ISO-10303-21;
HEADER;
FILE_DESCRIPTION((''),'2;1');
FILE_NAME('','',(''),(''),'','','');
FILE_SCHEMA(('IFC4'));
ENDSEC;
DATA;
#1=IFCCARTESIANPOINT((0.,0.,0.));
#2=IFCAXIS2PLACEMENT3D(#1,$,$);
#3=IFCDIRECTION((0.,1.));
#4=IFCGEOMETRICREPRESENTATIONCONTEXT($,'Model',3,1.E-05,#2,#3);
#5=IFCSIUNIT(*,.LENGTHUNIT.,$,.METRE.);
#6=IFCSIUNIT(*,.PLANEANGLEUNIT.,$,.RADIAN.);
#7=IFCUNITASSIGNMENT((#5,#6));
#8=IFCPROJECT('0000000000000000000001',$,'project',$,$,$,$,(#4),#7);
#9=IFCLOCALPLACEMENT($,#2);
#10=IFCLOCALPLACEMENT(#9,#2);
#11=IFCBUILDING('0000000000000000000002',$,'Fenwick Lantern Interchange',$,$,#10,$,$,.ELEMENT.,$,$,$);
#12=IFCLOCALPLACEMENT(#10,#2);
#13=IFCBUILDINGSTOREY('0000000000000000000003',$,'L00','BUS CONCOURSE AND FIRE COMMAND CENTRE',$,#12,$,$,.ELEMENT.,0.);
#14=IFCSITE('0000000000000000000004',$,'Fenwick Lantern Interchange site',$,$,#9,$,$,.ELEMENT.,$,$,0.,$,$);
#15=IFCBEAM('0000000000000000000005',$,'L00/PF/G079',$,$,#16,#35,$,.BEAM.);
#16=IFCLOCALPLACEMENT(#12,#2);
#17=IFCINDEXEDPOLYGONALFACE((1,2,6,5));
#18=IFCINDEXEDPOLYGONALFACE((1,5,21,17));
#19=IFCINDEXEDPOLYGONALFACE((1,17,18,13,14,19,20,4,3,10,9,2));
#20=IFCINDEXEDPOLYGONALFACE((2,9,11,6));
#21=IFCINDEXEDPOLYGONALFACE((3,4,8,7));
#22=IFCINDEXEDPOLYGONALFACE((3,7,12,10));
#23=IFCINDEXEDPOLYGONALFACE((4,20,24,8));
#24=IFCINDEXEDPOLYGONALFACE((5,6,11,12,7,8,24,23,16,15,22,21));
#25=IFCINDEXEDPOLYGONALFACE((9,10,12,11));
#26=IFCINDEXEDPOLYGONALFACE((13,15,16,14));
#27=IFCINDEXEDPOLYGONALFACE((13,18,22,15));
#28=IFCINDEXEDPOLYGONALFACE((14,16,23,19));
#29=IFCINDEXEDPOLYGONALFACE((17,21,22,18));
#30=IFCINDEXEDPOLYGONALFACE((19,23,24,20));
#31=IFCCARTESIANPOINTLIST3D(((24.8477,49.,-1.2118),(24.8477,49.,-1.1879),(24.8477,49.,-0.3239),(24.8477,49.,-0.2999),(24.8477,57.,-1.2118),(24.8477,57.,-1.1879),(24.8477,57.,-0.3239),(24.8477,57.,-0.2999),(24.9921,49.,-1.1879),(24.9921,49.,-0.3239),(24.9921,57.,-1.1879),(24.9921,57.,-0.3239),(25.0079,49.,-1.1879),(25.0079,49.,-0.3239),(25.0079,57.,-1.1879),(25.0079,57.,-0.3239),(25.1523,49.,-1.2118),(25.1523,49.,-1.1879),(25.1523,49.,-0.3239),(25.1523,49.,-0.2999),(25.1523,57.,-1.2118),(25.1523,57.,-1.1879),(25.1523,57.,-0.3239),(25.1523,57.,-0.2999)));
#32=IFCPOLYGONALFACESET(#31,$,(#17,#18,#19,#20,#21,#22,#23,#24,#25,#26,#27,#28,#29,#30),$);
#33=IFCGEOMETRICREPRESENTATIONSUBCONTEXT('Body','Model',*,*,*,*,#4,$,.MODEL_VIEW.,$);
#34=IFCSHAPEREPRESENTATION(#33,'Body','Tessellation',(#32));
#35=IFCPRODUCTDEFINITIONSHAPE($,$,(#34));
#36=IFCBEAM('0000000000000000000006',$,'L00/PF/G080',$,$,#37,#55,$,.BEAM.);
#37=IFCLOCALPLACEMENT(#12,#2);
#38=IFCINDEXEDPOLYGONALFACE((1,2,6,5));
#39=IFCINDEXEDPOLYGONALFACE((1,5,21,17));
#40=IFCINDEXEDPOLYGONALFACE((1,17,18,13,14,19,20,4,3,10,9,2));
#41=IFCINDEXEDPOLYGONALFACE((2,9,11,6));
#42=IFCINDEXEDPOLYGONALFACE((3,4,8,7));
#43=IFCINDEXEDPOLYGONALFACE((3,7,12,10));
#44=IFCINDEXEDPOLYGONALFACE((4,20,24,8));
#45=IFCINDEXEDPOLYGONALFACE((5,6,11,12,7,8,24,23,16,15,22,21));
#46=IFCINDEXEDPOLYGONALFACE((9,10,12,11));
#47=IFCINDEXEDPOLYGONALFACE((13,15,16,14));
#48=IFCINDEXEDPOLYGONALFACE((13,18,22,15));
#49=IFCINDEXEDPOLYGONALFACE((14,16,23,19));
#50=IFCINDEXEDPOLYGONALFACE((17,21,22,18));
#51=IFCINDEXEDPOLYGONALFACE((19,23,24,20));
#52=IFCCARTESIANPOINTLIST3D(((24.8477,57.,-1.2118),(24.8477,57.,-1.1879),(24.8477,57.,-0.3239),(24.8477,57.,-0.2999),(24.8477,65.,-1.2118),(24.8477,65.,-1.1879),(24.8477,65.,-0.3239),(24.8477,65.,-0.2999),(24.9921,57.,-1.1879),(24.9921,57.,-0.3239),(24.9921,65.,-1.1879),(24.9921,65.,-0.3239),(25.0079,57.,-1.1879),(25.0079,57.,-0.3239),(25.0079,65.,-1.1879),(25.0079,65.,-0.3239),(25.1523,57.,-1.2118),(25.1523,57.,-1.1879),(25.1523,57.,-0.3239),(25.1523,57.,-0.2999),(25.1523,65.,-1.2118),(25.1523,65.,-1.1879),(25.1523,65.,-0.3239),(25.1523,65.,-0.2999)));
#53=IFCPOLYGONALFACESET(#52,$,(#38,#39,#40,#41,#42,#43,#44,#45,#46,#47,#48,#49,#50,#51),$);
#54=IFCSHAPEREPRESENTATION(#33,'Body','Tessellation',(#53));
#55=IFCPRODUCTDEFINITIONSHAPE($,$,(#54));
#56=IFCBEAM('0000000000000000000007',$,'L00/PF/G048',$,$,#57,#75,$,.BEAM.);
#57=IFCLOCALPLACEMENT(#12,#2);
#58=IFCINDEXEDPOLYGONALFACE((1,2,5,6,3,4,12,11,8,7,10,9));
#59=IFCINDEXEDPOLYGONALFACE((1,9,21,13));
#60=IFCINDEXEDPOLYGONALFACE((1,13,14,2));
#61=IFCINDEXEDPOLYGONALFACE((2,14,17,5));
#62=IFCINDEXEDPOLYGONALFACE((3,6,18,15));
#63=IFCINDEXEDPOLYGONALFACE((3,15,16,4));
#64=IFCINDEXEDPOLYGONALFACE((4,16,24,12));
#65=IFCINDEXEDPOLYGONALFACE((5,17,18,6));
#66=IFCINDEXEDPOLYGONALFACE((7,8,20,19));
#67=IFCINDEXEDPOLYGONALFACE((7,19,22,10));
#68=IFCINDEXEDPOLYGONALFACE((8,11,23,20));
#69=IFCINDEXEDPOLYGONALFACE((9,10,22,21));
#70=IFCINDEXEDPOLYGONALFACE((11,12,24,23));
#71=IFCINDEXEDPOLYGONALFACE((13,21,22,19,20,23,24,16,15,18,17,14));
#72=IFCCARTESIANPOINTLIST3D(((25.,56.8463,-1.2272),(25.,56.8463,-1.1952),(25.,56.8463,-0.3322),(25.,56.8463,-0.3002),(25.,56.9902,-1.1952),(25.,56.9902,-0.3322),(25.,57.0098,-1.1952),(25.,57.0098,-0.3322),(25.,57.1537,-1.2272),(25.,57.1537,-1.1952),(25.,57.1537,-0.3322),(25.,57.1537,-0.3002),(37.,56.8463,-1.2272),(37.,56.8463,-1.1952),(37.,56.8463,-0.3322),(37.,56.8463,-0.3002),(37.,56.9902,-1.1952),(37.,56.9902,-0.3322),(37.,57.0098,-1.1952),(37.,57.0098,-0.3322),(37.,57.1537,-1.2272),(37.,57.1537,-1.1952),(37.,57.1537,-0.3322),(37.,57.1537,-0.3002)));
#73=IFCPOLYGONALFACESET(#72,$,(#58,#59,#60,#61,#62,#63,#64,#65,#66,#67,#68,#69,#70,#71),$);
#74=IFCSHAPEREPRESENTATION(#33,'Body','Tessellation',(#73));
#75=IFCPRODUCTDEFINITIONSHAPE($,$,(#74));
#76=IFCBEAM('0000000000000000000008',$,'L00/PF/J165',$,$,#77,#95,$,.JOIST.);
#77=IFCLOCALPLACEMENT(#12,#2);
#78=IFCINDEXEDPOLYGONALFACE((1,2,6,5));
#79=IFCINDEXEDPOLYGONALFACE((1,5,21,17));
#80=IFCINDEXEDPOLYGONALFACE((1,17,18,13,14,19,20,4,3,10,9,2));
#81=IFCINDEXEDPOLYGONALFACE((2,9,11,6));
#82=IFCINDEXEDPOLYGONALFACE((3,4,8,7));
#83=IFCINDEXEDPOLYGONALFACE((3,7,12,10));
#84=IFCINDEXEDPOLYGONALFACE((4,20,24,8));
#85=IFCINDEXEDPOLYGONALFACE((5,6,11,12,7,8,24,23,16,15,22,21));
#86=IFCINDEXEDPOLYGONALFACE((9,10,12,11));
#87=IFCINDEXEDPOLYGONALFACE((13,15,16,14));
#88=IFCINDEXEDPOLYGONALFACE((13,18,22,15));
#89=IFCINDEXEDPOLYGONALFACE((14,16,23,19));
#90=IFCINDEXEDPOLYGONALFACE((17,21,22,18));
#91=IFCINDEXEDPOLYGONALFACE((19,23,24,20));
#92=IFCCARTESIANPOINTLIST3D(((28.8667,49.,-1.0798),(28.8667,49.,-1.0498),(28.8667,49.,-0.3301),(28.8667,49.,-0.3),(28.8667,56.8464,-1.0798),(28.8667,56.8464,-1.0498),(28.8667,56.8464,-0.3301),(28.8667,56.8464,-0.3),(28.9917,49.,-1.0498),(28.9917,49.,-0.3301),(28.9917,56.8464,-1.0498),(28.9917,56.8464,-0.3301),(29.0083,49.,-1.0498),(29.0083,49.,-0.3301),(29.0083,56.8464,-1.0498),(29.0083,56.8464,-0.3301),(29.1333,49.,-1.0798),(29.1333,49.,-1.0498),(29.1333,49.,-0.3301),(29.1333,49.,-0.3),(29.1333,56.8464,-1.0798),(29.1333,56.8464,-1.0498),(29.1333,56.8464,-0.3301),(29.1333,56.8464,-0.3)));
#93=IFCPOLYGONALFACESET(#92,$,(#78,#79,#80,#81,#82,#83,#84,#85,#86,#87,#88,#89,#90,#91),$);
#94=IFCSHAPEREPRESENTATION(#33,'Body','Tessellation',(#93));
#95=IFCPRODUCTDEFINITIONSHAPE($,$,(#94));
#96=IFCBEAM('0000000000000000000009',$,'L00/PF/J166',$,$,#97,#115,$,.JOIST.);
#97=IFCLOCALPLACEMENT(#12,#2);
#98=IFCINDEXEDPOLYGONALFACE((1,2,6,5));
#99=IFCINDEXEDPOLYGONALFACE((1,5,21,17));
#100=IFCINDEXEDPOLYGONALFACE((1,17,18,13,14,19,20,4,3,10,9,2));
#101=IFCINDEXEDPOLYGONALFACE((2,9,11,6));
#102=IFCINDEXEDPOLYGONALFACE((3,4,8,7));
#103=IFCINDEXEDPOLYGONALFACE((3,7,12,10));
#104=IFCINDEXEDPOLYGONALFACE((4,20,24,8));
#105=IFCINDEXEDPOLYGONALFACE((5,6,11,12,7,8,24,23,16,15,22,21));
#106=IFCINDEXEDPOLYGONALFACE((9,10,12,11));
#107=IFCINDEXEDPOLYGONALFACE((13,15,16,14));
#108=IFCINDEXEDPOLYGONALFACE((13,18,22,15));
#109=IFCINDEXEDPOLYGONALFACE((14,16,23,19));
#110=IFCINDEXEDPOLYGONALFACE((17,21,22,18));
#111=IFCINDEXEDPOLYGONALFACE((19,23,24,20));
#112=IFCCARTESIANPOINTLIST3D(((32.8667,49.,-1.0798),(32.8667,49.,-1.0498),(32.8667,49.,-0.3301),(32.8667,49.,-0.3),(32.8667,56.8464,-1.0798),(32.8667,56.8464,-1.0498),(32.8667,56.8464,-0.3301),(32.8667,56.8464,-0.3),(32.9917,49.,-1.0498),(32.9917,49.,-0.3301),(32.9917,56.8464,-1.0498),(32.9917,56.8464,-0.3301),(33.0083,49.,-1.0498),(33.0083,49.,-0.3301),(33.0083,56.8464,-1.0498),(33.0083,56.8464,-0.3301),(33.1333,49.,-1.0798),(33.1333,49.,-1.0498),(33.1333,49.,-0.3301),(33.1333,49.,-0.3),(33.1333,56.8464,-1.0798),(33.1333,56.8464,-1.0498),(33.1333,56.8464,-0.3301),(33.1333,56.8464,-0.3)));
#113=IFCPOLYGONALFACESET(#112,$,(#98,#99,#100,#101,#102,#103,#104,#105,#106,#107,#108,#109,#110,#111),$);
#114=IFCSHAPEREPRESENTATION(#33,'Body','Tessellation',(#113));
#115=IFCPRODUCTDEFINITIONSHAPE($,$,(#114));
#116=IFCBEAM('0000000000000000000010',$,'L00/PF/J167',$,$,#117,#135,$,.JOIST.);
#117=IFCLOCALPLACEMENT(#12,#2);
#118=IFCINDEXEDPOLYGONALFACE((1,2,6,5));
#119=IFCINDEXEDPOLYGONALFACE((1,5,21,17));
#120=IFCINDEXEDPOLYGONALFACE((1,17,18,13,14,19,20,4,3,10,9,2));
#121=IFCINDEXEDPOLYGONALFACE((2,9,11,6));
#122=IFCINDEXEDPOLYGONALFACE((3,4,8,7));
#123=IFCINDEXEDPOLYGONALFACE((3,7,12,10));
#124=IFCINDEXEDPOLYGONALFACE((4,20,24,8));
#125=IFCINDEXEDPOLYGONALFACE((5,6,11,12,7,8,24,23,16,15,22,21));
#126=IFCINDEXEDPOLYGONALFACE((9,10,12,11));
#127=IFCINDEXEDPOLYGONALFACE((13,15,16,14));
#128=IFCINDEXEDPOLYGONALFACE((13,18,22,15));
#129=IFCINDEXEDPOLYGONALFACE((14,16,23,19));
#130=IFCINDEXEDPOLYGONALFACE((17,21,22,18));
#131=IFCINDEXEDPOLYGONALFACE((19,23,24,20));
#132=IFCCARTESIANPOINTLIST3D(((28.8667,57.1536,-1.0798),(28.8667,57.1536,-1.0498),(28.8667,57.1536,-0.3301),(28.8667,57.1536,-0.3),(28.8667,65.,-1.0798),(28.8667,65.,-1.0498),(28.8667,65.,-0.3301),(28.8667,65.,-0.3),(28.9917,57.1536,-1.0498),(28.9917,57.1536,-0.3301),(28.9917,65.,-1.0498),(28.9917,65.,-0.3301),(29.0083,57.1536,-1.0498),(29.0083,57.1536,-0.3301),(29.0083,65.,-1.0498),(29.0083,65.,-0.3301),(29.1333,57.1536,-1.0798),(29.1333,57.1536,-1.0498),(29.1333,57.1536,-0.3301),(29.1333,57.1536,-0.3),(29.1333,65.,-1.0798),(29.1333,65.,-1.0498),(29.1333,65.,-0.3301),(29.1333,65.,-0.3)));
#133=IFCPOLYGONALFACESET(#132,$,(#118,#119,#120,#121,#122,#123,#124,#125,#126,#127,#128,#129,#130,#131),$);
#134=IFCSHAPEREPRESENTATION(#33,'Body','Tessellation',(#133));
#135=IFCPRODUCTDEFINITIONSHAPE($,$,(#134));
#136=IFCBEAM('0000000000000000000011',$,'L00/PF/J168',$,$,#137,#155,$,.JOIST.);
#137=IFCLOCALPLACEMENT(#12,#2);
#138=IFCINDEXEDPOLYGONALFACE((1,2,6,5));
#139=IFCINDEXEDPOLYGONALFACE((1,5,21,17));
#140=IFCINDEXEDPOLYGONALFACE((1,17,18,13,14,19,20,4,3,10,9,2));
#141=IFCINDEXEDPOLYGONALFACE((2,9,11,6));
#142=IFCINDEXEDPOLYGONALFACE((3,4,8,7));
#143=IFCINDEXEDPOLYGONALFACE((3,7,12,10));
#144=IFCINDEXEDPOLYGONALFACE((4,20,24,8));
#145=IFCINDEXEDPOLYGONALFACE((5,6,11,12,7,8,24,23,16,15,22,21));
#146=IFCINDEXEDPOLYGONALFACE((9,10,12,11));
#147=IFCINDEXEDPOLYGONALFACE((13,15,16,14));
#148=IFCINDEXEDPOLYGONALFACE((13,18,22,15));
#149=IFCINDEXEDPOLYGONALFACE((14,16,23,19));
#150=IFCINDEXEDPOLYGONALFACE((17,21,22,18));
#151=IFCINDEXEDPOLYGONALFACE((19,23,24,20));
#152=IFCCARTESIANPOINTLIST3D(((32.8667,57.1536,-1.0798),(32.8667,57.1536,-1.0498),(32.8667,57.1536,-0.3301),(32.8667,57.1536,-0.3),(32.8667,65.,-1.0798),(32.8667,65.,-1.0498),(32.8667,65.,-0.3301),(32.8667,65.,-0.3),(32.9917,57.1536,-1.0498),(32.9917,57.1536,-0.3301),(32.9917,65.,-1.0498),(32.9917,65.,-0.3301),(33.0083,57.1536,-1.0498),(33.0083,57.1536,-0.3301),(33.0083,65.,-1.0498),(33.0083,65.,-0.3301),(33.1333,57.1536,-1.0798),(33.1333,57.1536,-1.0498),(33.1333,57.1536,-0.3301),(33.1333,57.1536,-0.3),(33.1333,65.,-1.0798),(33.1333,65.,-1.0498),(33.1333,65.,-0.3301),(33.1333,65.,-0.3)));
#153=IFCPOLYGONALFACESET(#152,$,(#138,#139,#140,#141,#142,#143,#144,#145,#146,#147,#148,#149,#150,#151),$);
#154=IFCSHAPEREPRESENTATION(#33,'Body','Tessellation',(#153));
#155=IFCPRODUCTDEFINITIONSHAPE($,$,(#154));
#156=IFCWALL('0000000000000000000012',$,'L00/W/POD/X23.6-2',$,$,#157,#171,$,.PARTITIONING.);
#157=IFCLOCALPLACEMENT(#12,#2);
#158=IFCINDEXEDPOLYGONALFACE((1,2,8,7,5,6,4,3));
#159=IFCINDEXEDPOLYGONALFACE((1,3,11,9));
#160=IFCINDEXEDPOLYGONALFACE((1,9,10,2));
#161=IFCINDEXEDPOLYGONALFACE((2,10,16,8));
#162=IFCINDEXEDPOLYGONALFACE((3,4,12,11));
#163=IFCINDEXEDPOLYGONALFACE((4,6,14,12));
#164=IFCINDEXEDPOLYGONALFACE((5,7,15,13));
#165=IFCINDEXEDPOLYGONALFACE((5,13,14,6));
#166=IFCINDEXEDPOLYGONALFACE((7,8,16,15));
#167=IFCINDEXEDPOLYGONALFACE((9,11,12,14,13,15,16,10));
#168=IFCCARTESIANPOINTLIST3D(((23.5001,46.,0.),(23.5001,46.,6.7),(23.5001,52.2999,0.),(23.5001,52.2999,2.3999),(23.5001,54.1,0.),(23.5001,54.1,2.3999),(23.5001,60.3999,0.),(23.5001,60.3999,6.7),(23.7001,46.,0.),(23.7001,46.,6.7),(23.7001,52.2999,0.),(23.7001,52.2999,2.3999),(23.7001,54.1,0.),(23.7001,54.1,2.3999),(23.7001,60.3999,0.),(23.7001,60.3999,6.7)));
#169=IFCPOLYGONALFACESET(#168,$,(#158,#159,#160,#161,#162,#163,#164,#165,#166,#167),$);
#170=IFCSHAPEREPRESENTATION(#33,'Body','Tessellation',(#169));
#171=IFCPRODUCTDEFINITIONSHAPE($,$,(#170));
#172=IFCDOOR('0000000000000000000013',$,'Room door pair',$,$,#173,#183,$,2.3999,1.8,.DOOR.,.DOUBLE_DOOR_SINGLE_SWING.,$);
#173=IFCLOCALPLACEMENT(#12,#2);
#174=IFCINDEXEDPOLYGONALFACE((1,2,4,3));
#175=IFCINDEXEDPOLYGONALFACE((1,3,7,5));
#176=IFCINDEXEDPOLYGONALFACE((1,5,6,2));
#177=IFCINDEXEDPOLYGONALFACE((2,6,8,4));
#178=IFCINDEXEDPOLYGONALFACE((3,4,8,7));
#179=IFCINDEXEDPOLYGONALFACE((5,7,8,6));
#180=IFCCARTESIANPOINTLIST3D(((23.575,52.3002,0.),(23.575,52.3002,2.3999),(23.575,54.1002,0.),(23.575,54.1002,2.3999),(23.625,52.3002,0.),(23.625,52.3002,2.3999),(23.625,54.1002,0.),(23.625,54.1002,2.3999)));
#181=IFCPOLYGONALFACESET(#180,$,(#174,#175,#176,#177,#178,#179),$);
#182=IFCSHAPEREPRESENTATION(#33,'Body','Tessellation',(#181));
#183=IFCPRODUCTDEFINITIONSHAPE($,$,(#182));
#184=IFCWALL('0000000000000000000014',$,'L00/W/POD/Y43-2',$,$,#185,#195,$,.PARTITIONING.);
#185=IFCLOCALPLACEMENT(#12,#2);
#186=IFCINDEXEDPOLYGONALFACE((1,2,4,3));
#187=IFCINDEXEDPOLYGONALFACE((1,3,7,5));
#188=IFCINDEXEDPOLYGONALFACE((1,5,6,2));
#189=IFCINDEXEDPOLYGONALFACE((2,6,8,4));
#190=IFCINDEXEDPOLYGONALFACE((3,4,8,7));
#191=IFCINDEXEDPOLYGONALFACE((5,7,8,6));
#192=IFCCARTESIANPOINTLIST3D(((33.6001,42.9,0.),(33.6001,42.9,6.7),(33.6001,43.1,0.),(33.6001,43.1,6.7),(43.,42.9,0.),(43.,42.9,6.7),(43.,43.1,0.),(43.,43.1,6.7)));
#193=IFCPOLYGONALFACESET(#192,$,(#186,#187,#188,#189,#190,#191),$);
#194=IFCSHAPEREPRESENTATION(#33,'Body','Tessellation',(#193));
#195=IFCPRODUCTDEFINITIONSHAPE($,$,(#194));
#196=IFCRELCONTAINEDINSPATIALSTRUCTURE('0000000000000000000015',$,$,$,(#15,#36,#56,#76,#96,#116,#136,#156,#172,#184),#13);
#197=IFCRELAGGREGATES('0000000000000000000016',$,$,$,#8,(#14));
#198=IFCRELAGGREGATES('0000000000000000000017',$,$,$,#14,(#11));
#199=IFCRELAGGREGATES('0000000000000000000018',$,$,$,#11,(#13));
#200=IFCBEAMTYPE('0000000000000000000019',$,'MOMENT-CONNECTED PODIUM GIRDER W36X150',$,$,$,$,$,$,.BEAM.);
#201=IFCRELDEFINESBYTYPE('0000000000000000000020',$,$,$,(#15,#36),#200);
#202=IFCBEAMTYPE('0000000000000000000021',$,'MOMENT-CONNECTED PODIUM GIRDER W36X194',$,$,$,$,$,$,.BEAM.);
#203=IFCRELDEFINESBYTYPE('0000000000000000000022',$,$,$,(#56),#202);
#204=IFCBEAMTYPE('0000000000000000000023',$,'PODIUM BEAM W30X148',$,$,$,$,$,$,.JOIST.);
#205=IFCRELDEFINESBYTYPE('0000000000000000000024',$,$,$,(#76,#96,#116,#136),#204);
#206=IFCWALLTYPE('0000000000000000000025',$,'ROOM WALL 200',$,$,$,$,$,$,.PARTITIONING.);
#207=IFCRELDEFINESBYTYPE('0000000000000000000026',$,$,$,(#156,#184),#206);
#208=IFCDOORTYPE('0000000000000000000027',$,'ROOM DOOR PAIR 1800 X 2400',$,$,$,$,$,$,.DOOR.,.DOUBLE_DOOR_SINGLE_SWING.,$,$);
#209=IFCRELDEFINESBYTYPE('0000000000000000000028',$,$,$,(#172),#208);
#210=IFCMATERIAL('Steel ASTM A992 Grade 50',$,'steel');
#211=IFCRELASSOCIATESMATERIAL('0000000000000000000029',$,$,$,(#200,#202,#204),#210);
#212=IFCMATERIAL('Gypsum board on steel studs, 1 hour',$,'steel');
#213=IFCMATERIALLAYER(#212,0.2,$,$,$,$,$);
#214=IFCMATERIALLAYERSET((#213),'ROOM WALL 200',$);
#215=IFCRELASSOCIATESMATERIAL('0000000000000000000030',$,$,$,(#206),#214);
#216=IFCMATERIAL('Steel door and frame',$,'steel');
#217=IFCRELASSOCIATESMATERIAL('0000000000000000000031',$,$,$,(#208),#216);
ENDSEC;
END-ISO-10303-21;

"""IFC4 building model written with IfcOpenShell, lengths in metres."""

from ifc_helpers import new_model, si_unit, direction, frame, frame_2d, origin, origin_2d, place, context, subcontext, project, spatial, rectangle, i_section, extrude, material, layer, layer_set, material_profile, profile_set, type_object, element, fill, save


model = new_model("IFC4")

# Units and contexts
model_context = context("Model", 3, precision=1e-05, world=origin(), true_north=direction((0.0, 1.0)))
body_context = subcontext(model_context, "Body", "Model", "MODEL_VIEW")
ifc_project = project(units=[si_unit("LENGTHUNIT", "METRE"), si_unit("PLANEANGLEUNIT", "RADIAN")], contexts=[model_context])

# Site, building, storey
site_placement = place(None, origin())
site = spatial("IfcSite", under=ifc_project, at=site_placement, Name="Fenwick Lantern Interchange site", CompositionType="ELEMENT", RefElevation=0.0)
building_placement = place(site_placement, origin())
building = spatial("IfcBuilding", under=site, at=building_placement, Name="Fenwick Lantern Interchange", CompositionType="ELEMENT")
storey_placement = place(building_placement, origin())
storey = spatial("IfcBuildingStorey", under=building, at=storey_placement, Name="L00", Description="BUS CONCOURSE AND FIRE COMMAND CENTRE", CompositionType="ELEMENT", Elevation=0.0)

# Shared definitions
ifc_material_1 = material(Name="Steel ASTM A992 Grade 50", Category="steel")

# Beams
ifc_material_profile_1 = material_profile(ifc_material_1, i_section(OverallWidth=0.3047, OverallDepth=0.9119, WebThickness=0.0159, FlangeThickness=0.0239, at=origin_2d()), Name="W36X150")
ifc_profile_set_1 = profile_set([ifc_material_profile_1], Name="Steel ASTM A992 Grade 50")
beam_type_1 = type_object("IfcBeamType", Name="MOMENT-CONNECTED PODIUM GIRDER W36X150", PredefinedType="BEAM", material=ifc_profile_set_1)
for number, where, z_axis, x_axis, name in (
    (1, (25.0, 49.0, -0.7559), (0.0, 1.0, 0.0), (-1.0, 0.0, 0.0), "L00/PF/G079"),
    (2, (25.0, 57.0, -0.7559), (0.0, 1.0, 0.0), (-1.0, 0.0, 0.0), "L00/PF/G080"),
):
    element("IfcBeam", number, at=place(storey_placement, frame(where, z_axis=z_axis, x_axis=x_axis)), inside=storey, type_object=beam_type_1, Name=name, PredefinedType="BEAM", context=body_context, shape_type="SweptSolid", body=[
        extrude(i_section(OverallWidth=0.3047, OverallDepth=0.9119, WebThickness=0.0159, FlangeThickness=0.0239, at=origin_2d()), origin(), (0.0, 0.0, 1.0), 8.0),
    ])
ifc_material_profile_2 = material_profile(ifc_material_1, i_section(OverallWidth=0.3074, OverallDepth=0.927, WebThickness=0.0195, FlangeThickness=0.032, at=origin_2d()), Name="W36X194")
ifc_profile_set_2 = profile_set([ifc_material_profile_2], Name="Steel ASTM A992 Grade 50")
beam_type_2 = type_object("IfcBeamType", Name="MOMENT-CONNECTED PODIUM GIRDER W36X194", PredefinedType="BEAM", material=ifc_profile_set_2)
beam_1_placement = place(storey_placement, frame((25.0, 57.0, -0.7637), z_axis=(1.0, 0.0, 0.0), x_axis=(0.0, 1.0, 0.0)))
element("IfcBeam", 3, at=beam_1_placement, inside=storey, type_object=beam_type_2, Name="L00/PF/G048", PredefinedType="BEAM", context=body_context, shape_type="SweptSolid", body=[
    extrude(i_section(OverallWidth=0.3074, OverallDepth=0.927, WebThickness=0.0195, FlangeThickness=0.032, at=origin_2d()), origin(), (0.0, 0.0, 1.0), 12.0),
])
ifc_material_profile_3 = material_profile(ifc_material_1, i_section(OverallWidth=0.2666, OverallDepth=0.7798, WebThickness=0.0166, FlangeThickness=0.03, at=origin_2d()), Name="W30X148")
ifc_profile_set_3 = profile_set([ifc_material_profile_3], Name="Steel ASTM A992 Grade 50")
beam_type_3 = type_object("IfcBeamType", Name="PODIUM BEAM W30X148", PredefinedType="JOIST", material=ifc_profile_set_3)
for number, where, z_axis, x_axis, name in (
    (4, (29.0, 49.0, -0.6899), (0.0, 1.0, 0.0), (-1.0, 0.0, 0.0), "L00/PF/J165"),
    (5, (33.0, 49.0, -0.6899), (0.0, 1.0, 0.0), (-1.0, 0.0, 0.0), "L00/PF/J166"),
    (6, (29.0, 57.1536, -0.6899), (0.0, 1.0, 0.0), (-1.0, 0.0, 0.0), "L00/PF/J167"),
    (7, (33.0, 57.1536, -0.6899), (0.0, 1.0, 0.0), (-1.0, 0.0, 0.0), "L00/PF/J168"),
):
    element("IfcBeam", number, at=place(storey_placement, frame(where, z_axis=z_axis, x_axis=x_axis)), inside=storey, type_object=beam_type_3, Name=name, PredefinedType="JOIST", context=body_context, shape_type="SweptSolid", body=[
        extrude(i_section(OverallWidth=0.2666, OverallDepth=0.7798, WebThickness=0.0166, FlangeThickness=0.03, at=origin_2d()), origin(), (0.0, 0.0, 1.0), 7.8464),
    ])

# Wall, opening, door
ifc_material_2 = material(Name="Gypsum board on steel studs, 1 hour", Category="steel")
ifc_layer_1 = layer(ifc_material_2, 0.2)
ifc_layer_set_1 = layer_set([ifc_layer_1], Name="ROOM WALL 200")
wall_type_1 = type_object("IfcWallType", Name="ROOM WALL 200", PredefinedType="PARTITIONING", material=ifc_layer_set_1)
wall_1_placement = place(storey_placement, frame((23.6001, 46.0, 0.0), z_axis=(0.0, 0.0, 1.0), x_axis=(0.0, 1.0, 0.0)))
wall_1 = element("IfcWall", 8, at=wall_1_placement, inside=storey, type_object=wall_type_1, Name="L00/W/POD/X23.6-2", PredefinedType="PARTITIONING", context=body_context, shape_type="SweptSolid", body=[
    extrude(rectangle(XDim=14.3999, YDim=0.2, at=frame_2d((7.2, 0.0))), origin(), (0.0, 0.0, 1.0), 6.7),
])
opening_placement = place(wall_1_placement, frame((6.3, 0.0, 0.0)))
opening = element("IfcOpeningElement", 9, at=opening_placement, cuts=wall_1, PredefinedType="OPENING", context=body_context, shape_type="SweptSolid", body=[
    extrude(rectangle(XDim=1.8, YDim=2.3999, at=frame_2d((0.8999, 1.2))), frame((0.0, 0.1099, 0.0), z_axis=(0.0, -1.0, 0.0), x_axis=(1.0, 0.0, 0.0)), (0.0, 0.0, 1.0), 0.22),
])
ifc_material_3 = material(Name="Steel door and frame", Category="steel")
door_type = type_object("IfcDoorType", Name="ROOM DOOR PAIR 1800 X 2400", OperationType="DOUBLE_DOOR_SINGLE_SWING", PredefinedType="DOOR", material=ifc_material_3)
door_placement = place(opening_placement, frame((1.8, 0.0, 0.0), z_axis=(0.0, 0.0, 1.0), x_axis=(-1.0, 0.0, 0.0)))
door = element("IfcDoor", 10, at=door_placement, inside=storey, type_object=door_type, Name="Room door pair", OperationType="DOUBLE_DOOR_SINGLE_SWING", OverallHeight=2.3999, OverallWidth=1.8, PredefinedType="DOOR", context=body_context, shape_type="SweptSolid", body=[
    extrude(rectangle(XDim=1.8, YDim=2.3999, at=frame_2d((0.8999, 1.2))), frame((0.0, 0.0249, 0.0), z_axis=(0.0, -1.0, 0.0), x_axis=(1.0, 0.0, 0.0)), (0.0, 0.0, 1.0), 0.05),
])
fill(opening, door)

# Wall
wall_2_placement = place(storey_placement, frame((33.6001, 43.0, 0.0), z_axis=(0.0, 0.0, 1.0), x_axis=(1.0, 0.0, 0.0)))
element("IfcWall", 11, at=wall_2_placement, inside=storey, type_object=wall_type_1, Name="L00/W/POD/Y43-2", PredefinedType="PARTITIONING", context=body_context, shape_type="SweptSolid", body=[
    extrude(rectangle(XDim=9.3999, YDim=0.2, at=frame_2d((4.7, 0.0))), origin(), (0.0, 0.0, 1.0), 6.7),
])

save(model, "model.ifc")
